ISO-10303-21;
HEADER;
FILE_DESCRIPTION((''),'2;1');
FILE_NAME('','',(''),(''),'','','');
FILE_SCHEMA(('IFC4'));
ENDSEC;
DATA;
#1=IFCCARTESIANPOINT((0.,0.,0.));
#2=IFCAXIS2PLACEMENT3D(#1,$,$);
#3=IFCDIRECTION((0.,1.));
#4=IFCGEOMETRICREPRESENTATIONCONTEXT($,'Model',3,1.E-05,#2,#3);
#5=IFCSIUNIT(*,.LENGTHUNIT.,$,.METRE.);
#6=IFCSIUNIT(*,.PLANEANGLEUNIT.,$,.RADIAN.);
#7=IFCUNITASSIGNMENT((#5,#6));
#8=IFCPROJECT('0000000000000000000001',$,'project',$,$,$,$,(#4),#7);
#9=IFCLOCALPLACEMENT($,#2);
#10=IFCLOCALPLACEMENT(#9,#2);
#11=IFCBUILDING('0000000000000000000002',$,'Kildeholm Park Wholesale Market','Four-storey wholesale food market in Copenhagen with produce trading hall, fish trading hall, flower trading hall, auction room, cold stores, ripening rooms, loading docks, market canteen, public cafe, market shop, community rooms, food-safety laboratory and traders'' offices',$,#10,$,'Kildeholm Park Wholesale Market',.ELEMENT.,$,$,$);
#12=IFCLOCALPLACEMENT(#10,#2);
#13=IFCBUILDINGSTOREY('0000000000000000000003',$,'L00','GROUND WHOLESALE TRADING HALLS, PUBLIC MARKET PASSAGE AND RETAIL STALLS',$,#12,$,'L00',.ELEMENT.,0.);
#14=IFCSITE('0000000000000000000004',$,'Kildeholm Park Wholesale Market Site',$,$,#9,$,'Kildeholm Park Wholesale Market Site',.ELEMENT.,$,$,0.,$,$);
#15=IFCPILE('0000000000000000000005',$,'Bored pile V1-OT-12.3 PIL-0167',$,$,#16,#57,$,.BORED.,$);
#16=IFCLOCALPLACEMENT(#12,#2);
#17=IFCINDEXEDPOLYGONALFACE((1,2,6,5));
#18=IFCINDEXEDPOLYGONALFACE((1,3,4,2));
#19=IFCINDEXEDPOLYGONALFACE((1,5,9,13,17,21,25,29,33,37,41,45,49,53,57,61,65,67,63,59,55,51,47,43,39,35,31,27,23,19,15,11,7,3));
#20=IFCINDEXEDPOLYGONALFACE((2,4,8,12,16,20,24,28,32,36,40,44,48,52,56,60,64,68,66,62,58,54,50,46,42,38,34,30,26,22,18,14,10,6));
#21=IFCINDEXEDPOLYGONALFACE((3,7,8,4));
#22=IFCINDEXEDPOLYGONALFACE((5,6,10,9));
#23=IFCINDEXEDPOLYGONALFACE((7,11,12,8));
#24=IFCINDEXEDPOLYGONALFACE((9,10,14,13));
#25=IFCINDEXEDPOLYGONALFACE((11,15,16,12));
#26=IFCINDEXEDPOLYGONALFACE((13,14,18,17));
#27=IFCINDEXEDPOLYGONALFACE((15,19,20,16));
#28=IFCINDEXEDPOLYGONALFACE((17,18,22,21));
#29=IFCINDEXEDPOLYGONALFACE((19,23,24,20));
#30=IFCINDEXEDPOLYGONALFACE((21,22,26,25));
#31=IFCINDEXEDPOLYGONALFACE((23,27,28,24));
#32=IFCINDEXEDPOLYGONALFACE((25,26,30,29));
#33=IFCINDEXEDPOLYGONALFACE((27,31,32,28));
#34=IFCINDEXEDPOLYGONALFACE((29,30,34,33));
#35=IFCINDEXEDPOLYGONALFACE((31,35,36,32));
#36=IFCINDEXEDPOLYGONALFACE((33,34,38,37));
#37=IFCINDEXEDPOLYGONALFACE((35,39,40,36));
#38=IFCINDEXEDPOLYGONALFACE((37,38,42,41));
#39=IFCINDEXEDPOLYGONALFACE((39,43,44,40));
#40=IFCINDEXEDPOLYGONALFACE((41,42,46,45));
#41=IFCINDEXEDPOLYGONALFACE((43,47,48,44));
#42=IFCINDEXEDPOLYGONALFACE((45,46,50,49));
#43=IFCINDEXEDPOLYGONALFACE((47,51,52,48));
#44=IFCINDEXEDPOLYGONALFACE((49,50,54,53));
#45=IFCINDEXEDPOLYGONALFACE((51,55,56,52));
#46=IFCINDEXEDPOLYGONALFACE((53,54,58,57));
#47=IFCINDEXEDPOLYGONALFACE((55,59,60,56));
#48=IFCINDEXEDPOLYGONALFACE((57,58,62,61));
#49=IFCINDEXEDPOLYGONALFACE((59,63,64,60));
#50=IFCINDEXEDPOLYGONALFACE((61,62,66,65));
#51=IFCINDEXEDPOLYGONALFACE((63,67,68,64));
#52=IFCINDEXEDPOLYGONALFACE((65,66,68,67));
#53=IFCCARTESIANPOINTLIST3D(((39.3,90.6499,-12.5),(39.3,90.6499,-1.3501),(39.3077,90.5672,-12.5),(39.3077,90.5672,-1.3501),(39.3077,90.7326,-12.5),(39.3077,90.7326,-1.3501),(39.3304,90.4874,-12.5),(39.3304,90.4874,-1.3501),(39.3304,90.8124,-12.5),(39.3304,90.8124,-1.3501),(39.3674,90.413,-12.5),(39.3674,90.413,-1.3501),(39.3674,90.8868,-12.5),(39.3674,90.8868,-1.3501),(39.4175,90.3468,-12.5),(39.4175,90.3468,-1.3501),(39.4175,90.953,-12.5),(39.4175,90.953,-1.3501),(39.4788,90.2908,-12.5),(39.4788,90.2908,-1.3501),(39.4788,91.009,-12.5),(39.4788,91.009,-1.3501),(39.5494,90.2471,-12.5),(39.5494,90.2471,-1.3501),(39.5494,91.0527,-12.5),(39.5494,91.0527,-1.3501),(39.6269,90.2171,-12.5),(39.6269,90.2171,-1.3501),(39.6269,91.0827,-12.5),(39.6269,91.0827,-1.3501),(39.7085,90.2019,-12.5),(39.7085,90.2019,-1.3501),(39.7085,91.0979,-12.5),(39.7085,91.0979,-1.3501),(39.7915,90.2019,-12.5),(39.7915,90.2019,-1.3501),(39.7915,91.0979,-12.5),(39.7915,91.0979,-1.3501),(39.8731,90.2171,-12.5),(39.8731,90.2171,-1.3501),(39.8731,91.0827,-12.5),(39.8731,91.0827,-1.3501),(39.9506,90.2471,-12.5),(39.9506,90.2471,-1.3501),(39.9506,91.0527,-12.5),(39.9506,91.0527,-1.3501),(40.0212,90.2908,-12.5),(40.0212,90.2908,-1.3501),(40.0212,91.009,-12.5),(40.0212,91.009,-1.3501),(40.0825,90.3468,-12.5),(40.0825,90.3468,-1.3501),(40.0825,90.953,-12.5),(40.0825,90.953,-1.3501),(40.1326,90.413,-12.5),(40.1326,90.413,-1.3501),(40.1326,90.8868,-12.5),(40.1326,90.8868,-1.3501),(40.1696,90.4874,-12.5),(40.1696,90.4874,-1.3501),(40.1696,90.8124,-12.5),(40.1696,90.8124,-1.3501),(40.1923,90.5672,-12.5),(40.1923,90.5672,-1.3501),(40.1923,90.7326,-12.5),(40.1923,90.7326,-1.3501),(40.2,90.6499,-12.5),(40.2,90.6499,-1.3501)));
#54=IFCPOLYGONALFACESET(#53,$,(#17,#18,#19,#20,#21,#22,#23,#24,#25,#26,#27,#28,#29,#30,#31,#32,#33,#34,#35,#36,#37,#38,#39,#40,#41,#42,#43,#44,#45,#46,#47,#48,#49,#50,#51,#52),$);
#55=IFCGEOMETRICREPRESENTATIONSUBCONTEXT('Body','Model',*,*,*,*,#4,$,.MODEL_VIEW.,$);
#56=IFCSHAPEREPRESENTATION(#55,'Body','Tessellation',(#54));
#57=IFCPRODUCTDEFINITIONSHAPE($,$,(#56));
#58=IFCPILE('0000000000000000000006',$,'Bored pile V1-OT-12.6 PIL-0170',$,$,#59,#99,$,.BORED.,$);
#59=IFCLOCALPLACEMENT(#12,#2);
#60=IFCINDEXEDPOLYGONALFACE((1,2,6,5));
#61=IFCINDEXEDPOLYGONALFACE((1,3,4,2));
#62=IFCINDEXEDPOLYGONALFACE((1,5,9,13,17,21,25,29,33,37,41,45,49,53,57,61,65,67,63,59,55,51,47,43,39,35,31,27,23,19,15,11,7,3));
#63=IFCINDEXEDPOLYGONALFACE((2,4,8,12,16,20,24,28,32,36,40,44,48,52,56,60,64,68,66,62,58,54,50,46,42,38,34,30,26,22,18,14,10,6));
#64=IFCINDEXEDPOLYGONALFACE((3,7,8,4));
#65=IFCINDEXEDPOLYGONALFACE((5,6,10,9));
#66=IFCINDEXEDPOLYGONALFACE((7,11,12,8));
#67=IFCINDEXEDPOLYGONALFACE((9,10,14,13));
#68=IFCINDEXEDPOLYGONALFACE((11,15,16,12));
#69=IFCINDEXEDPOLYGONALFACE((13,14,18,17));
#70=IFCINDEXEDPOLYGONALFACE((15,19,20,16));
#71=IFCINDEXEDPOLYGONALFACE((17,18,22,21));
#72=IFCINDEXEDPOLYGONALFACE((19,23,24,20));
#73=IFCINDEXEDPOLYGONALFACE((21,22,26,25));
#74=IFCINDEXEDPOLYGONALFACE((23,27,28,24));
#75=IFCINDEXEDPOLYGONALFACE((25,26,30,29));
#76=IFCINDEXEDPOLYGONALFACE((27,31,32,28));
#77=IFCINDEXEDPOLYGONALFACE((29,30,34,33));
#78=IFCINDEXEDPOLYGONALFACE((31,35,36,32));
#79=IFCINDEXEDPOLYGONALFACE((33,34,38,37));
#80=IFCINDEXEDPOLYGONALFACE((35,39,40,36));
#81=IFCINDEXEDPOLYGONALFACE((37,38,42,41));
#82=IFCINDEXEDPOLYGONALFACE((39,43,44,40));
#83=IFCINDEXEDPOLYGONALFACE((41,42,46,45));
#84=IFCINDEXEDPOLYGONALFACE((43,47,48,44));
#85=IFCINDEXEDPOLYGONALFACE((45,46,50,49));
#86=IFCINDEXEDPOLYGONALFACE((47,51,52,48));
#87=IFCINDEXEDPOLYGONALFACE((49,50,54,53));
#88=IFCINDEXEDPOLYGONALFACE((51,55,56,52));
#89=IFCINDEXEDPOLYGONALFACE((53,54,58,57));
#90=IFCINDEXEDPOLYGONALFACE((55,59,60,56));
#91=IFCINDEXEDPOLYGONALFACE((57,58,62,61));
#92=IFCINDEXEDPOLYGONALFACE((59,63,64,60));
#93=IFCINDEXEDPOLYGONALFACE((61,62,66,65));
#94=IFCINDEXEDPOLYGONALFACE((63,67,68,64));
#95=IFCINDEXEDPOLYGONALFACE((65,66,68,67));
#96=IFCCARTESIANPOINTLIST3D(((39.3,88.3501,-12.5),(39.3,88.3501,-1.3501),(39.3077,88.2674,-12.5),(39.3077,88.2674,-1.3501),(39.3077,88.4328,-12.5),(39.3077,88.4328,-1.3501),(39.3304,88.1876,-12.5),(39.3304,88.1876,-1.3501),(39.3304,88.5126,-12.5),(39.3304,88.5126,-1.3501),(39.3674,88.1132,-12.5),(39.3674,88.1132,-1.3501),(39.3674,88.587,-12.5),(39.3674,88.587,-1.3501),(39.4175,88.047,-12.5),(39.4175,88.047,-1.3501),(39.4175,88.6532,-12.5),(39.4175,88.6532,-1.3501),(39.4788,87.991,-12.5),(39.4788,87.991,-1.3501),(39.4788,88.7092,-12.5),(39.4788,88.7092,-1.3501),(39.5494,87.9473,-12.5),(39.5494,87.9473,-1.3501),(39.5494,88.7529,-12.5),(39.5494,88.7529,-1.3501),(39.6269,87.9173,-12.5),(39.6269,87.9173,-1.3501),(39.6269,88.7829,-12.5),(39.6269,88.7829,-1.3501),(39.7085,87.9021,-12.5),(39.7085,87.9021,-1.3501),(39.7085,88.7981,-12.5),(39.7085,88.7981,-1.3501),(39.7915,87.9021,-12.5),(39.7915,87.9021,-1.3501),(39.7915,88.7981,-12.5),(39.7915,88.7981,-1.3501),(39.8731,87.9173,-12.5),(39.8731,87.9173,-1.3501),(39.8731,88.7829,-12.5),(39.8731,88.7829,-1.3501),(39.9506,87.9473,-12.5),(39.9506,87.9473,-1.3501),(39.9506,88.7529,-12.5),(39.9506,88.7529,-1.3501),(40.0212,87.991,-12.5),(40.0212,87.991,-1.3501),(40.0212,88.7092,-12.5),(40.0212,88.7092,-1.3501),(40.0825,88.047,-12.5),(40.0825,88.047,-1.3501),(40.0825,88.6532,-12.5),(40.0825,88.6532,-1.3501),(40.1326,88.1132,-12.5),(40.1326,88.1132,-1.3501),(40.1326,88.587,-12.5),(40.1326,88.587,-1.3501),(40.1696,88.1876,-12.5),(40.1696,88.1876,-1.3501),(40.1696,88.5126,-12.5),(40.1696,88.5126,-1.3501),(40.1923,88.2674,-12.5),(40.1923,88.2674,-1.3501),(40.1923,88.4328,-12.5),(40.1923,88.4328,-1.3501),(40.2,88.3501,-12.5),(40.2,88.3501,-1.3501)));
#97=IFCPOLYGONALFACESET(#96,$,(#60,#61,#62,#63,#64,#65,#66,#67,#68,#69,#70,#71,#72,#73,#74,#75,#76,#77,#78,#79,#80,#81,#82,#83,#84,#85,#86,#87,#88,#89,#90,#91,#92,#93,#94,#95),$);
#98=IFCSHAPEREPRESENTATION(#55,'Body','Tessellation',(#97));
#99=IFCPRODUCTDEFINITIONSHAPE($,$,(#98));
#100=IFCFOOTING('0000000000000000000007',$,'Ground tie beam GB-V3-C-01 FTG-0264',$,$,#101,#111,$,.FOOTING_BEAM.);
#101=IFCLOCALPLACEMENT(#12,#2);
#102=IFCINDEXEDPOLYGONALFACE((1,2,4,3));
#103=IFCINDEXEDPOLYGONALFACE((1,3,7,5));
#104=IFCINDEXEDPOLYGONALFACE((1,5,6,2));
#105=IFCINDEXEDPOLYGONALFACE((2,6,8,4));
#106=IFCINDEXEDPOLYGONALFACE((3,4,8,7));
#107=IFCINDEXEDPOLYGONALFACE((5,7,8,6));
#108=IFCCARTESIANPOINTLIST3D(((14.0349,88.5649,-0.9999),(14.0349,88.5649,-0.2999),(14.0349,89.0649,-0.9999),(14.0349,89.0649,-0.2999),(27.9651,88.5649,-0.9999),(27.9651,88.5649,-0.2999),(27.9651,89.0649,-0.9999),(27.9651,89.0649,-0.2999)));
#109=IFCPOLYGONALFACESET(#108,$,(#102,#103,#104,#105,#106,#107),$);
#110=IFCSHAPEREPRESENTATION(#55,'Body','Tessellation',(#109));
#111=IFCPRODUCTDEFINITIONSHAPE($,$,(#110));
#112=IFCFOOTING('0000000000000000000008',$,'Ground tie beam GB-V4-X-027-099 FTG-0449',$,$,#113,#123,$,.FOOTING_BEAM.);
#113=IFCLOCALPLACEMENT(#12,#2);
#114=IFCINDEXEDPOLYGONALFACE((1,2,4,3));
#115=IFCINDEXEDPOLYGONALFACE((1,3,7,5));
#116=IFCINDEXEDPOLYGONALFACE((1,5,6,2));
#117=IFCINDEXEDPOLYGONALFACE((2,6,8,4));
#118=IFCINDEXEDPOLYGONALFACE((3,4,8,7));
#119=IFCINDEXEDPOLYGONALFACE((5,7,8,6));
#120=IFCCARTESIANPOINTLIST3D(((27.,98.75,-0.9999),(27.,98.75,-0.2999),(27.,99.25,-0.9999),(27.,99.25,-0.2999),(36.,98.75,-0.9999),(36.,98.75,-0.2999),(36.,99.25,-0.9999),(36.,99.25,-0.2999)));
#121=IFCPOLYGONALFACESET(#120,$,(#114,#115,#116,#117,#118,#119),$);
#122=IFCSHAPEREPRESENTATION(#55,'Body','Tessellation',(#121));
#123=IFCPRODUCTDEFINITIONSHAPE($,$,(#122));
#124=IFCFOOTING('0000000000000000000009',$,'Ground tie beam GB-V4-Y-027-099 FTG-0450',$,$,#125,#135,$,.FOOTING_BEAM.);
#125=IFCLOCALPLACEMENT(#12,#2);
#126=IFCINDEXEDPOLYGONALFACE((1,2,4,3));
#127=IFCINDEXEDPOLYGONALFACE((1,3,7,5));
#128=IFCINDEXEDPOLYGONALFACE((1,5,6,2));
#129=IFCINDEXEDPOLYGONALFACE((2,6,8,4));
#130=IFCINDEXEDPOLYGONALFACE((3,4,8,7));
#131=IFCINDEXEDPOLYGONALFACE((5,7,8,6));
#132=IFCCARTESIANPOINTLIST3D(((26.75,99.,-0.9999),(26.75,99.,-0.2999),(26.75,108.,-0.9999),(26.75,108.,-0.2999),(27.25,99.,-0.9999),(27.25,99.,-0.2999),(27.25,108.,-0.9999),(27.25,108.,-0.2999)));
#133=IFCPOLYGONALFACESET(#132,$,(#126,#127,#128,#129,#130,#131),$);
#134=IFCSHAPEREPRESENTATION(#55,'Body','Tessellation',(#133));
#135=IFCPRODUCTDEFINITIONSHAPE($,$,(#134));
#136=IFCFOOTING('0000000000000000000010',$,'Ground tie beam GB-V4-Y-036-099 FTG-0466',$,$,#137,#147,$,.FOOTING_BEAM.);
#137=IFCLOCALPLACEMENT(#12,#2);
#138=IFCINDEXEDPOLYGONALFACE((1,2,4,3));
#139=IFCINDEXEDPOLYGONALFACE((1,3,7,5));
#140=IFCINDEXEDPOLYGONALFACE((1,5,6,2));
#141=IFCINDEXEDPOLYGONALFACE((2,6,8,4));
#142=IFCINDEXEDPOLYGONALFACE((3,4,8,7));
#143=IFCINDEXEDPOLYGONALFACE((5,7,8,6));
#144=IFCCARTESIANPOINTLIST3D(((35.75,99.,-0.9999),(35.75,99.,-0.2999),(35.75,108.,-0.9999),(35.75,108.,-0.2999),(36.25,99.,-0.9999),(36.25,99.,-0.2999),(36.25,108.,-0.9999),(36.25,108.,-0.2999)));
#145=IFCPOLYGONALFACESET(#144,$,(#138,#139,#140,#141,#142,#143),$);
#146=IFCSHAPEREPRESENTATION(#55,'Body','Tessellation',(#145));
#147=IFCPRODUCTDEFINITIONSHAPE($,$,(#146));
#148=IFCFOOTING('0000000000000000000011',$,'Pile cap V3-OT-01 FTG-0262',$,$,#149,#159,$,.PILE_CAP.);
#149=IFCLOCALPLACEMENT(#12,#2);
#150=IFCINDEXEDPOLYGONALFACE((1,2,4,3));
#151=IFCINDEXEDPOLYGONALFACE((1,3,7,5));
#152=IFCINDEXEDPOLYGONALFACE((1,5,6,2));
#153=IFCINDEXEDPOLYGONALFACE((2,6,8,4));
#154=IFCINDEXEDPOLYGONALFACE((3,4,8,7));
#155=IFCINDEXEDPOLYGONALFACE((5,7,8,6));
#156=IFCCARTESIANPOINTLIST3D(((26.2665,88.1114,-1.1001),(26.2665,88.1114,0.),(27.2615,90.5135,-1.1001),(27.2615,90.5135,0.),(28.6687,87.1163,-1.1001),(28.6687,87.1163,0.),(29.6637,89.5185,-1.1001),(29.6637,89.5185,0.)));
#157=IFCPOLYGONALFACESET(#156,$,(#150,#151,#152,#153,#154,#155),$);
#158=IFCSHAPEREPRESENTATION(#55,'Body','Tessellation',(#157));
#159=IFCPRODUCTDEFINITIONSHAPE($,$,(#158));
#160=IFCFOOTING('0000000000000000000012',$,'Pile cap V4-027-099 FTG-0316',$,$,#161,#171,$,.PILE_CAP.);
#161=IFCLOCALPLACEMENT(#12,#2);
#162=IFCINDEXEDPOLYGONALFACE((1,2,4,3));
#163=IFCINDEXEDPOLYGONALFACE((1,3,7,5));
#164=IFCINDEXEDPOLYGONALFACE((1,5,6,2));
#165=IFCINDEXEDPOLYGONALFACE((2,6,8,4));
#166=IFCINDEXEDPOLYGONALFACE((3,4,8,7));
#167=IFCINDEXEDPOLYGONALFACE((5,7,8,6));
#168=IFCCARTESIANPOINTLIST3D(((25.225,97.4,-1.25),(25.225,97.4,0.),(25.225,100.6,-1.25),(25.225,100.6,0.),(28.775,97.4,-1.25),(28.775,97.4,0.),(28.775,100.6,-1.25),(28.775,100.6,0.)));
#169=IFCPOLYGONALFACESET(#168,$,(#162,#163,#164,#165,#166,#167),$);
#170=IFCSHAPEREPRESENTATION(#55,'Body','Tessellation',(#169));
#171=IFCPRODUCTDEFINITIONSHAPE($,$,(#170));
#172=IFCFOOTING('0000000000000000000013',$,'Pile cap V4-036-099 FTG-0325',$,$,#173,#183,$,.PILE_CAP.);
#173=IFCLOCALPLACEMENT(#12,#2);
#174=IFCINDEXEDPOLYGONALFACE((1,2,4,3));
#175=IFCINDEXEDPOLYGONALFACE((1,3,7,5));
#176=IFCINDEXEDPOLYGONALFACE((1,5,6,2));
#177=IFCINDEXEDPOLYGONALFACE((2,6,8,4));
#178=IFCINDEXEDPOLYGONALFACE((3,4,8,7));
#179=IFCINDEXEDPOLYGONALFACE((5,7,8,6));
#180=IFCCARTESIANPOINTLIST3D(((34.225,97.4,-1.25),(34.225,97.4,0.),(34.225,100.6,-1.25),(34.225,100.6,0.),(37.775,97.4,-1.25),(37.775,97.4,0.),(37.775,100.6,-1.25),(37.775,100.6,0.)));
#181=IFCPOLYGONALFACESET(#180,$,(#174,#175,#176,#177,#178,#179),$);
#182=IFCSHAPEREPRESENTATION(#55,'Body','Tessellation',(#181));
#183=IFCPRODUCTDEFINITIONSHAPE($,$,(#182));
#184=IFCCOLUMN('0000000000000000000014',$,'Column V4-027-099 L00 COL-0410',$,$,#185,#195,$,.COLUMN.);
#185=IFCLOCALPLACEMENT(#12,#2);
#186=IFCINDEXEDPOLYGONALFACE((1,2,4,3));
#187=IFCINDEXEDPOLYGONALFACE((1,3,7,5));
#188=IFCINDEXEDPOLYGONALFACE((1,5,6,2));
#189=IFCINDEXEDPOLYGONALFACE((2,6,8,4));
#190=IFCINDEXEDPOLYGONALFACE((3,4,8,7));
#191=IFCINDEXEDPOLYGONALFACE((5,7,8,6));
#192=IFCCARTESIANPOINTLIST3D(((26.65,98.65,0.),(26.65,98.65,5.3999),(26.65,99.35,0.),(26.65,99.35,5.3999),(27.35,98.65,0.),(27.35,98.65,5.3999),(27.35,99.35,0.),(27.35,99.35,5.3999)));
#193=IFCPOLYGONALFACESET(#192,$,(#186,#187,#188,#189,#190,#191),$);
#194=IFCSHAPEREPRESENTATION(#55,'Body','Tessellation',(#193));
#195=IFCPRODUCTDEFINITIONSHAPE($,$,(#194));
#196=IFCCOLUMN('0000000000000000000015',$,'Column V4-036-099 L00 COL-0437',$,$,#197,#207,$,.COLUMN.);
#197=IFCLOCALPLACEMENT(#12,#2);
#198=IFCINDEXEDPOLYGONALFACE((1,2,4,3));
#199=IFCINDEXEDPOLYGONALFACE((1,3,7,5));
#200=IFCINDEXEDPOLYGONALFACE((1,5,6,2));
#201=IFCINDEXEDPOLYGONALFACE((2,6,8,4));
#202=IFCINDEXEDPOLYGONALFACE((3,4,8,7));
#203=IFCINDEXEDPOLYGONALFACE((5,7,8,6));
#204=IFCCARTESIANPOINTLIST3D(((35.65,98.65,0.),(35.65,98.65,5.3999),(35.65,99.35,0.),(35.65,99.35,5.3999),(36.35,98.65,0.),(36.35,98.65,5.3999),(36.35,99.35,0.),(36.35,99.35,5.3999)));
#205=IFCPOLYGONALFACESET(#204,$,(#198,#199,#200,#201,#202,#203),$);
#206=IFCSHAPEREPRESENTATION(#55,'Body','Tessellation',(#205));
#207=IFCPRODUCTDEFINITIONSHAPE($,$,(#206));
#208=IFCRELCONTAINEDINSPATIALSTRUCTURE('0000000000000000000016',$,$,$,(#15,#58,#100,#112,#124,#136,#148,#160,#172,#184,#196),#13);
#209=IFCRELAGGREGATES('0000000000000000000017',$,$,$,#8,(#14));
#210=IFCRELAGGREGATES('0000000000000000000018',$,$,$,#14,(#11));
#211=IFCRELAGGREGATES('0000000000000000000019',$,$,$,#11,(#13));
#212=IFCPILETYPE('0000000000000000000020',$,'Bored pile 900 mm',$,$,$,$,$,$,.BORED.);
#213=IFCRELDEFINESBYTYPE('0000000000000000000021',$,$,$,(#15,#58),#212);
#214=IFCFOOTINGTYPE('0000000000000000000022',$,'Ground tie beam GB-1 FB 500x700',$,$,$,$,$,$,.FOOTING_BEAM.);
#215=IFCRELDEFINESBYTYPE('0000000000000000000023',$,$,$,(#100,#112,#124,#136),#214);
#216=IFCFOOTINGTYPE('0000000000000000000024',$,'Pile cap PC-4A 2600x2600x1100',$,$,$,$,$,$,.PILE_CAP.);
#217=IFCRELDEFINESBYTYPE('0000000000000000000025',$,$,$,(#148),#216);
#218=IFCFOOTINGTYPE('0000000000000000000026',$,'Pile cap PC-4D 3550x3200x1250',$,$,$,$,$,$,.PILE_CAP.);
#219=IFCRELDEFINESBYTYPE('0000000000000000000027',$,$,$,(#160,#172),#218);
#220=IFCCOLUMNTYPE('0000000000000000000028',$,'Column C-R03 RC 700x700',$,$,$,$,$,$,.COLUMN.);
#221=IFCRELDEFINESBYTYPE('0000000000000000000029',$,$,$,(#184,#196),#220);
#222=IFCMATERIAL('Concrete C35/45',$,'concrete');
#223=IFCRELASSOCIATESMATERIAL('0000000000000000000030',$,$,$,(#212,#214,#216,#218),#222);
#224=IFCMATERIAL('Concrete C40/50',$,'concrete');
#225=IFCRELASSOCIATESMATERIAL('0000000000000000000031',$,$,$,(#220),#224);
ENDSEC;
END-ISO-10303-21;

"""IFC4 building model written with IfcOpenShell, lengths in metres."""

from ifc_helpers import new_model, si_unit, direction, frame, origin, origin_2d, place, context, subcontext, project, spatial, rectangle, circle, extrude, material, material_profile, profile_set, type_object, element, save


model = new_model("IFC4")

# Units and contexts
model_context = context("Model", 3, precision=1e-05, world=origin(), true_north=direction((0.0, 1.0)))
body_context = subcontext(model_context, "Body", "Model", "MODEL_VIEW")
ifc_project = project(units=[si_unit("LENGTHUNIT", "METRE"), si_unit("PLANEANGLEUNIT", "RADIAN")], contexts=[model_context])

# Site, building, storey
site_placement = place(None, origin())
site = spatial("IfcSite", under=ifc_project, at=site_placement, Name="Kildeholm Park Wholesale Market Site", LongName="Kildeholm Park Wholesale Market Site", CompositionType="ELEMENT", RefElevation=0.0)
building_placement = place(site_placement, origin())
building = spatial("IfcBuilding", under=site, at=building_placement, Name="Kildeholm Park Wholesale Market", Description="Four-storey wholesale food market in Copenhagen with produce trading hall, fish trading hall, flower trading hall, auction room, cold stores, ripening rooms, loading docks, market canteen, public cafe, market shop, community rooms, food-safety laboratory and traders' offices", LongName="Kildeholm Park Wholesale Market", CompositionType="ELEMENT")
storey_placement = place(building_placement, origin())
storey = spatial("IfcBuildingStorey", under=building, at=storey_placement, Name="L00", Description="GROUND WHOLESALE TRADING HALLS, PUBLIC MARKET PASSAGE AND RETAIL STALLS", LongName="L00", CompositionType="ELEMENT", Elevation=0.0)

# Piles
ifc_material_1 = material(Name="Concrete C35/45", Category="concrete")
ifc_material_profile_1 = material_profile(ifc_material_1, circle(Radius=0.45, at=origin_2d()), Name="PILE D900")
ifc_profile_set_1 = profile_set([ifc_material_profile_1], Name="Concrete C35/45")
pile_type_1 = type_object("IfcPileType", Name="Bored pile 900 mm", PredefinedType="BORED", material=ifc_profile_set_1)
for number, where, z_axis, x_axis, name in (
    (1, (39.75, 90.6499, -1.3501), (0.0, 0.0, -1.0), (1.0, 0.0, 0.0), "Bored pile V1-OT-12.3 PIL-0167"),
    (2, (39.75, 88.3501, -1.3501), (0.0, 0.0, -1.0), (1.0, 0.0, 0.0), "Bored pile V1-OT-12.6 PIL-0170"),
):
    element("IfcPile", number, at=place(storey_placement, frame(where, z_axis=z_axis, x_axis=x_axis)), inside=storey, type_object=pile_type_1, Name=name, PredefinedType="BORED", context=body_context, shape_type="SweptSolid", body=[
        extrude(circle(Radius=0.45, at=origin_2d()), origin(), (0.0, 0.0, 1.0), 11.1499),
    ])

# Footings
ifc_material_profile_2 = material_profile(ifc_material_1, rectangle(XDim=0.5, YDim=0.7, at=origin_2d()), Name="FB 500x700")
ifc_profile_set_2 = profile_set([ifc_material_profile_2], Name="Concrete C35/45")
footing_type_1 = type_object("IfcFootingType", Name="Ground tie beam GB-1 FB 500x700", PredefinedType="FOOTING_BEAM", material=ifc_profile_set_2)
footing_1_placement = place(storey_placement, frame((27.9651, 88.8149, -0.6499), z_axis=(-1.0, 0.0, 0.0), x_axis=(0.0, -1.0, 0.0)))
element("IfcFooting", 3, at=footing_1_placement, inside=storey, type_object=footing_type_1, Name="Ground tie beam GB-V3-C-01 FTG-0264", PredefinedType="FOOTING_BEAM", context=body_context, shape_type="SweptSolid", body=[
    extrude(rectangle(XDim=0.5, YDim=0.7, at=origin_2d()), origin(), (0.0, 0.0, 1.0), 13.9302),
])
for number, where, z_axis, x_axis, name in (
    (4, (27.0, 99.0, -0.6499), (1.0, 0.0, 0.0), (0.0, 1.0, 0.0), "Ground tie beam GB-V4-X-027-099 FTG-0449"),
    (5, (27.0, 99.0, -0.6499), (0.0, 1.0, 0.0), (-1.0, 0.0, 0.0), "Ground tie beam GB-V4-Y-027-099 FTG-0450"),
    (6, (36.0, 99.0, -0.6499), (0.0, 1.0, 0.0), (-1.0, 0.0, 0.0), "Ground tie beam GB-V4-Y-036-099 FTG-0466"),
):
    element("IfcFooting", number, at=place(storey_placement, frame(where, z_axis=z_axis, x_axis=x_axis)), inside=storey, type_object=footing_type_1, Name=name, PredefinedType="FOOTING_BEAM", context=body_context, shape_type="SweptSolid", body=[
        extrude(rectangle(XDim=0.5, YDim=0.7, at=origin_2d()), origin(), (0.0, 0.0, 1.0), 9.0),
    ])
footing_type_2 = type_object("IfcFootingType", Name="Pile cap PC-4A 2600x2600x1100", PredefinedType="PILE_CAP", material=ifc_material_1)
footing_2_placement = place(storey_placement, frame((27.9651, 88.8149, -1.1001), z_axis=(0.0, 0.0, 1.0), x_axis=(0.382683, 0.92388, 0.0)))
element("IfcFooting", 7, at=footing_2_placement, inside=storey, type_object=footing_type_2, Name="Pile cap V3-OT-01 FTG-0262", PredefinedType="PILE_CAP", context=body_context, shape_type="SweptSolid", body=[
    extrude(rectangle(XDim=2.6001, YDim=2.6001, at=origin_2d()), origin(), (0.0, 0.0, 1.0), 1.1001),
])
footing_type_3 = type_object("IfcFootingType", Name="Pile cap PC-4D 3550x3200x1250", PredefinedType="PILE_CAP", material=ifc_material_1)
for number, where, z_axis, x_axis, name in (
    (8, (27.0, 99.0, -1.25), (0.0, 0.0, 1.0), (1.0, 0.0, 0.0), "Pile cap V4-027-099 FTG-0316"),
    (9, (36.0, 99.0, -1.25), (0.0, 0.0, 1.0), (1.0, 0.0, 0.0), "Pile cap V4-036-099 FTG-0325"),
):
    element("IfcFooting", number, at=place(storey_placement, frame(where, z_axis=z_axis, x_axis=x_axis)), inside=storey, type_object=footing_type_3, Name=name, PredefinedType="PILE_CAP", context=body_context, shape_type="SweptSolid", body=[
        extrude(rectangle(XDim=3.55, YDim=3.2, at=origin_2d()), origin(), (0.0, 0.0, 1.0), 1.25),
    ])

# Columns
ifc_material_2 = material(Name="Concrete C40/50", Category="concrete")
ifc_material_profile_3 = material_profile(ifc_material_2, rectangle(XDim=0.7, YDim=0.7, at=origin_2d()), Name="RC 700x700")
ifc_profile_set_3 = profile_set([ifc_material_profile_3], Name="Concrete C40/50")
column_type_1 = type_object("IfcColumnType", Name="Column C-R03 RC 700x700", PredefinedType="COLUMN", material=ifc_profile_set_3)
for number, where, z_axis, x_axis, name in (
    (10, (27.0, 99.0, 0.0), (0.0, 0.0, 1.0), (1.0, 0.0, 0.0), "Column V4-027-099 L00 COL-0410"),
    (11, (36.0, 99.0, 0.0), (0.0, 0.0, 1.0), (1.0, 0.0, 0.0), "Column V4-036-099 L00 COL-0437"),
):
    element("IfcColumn", number, at=place(storey_placement, frame(where, z_axis=z_axis, x_axis=x_axis)), inside=storey, type_object=column_type_1, Name=name, PredefinedType="COLUMN", context=body_context, shape_type="SweptSolid", body=[
        extrude(rectangle(XDim=0.7, YDim=0.7, at=origin_2d()), origin(), (0.0, 0.0, 1.0), 5.3999),
    ])

save(model, "model.ifc")
